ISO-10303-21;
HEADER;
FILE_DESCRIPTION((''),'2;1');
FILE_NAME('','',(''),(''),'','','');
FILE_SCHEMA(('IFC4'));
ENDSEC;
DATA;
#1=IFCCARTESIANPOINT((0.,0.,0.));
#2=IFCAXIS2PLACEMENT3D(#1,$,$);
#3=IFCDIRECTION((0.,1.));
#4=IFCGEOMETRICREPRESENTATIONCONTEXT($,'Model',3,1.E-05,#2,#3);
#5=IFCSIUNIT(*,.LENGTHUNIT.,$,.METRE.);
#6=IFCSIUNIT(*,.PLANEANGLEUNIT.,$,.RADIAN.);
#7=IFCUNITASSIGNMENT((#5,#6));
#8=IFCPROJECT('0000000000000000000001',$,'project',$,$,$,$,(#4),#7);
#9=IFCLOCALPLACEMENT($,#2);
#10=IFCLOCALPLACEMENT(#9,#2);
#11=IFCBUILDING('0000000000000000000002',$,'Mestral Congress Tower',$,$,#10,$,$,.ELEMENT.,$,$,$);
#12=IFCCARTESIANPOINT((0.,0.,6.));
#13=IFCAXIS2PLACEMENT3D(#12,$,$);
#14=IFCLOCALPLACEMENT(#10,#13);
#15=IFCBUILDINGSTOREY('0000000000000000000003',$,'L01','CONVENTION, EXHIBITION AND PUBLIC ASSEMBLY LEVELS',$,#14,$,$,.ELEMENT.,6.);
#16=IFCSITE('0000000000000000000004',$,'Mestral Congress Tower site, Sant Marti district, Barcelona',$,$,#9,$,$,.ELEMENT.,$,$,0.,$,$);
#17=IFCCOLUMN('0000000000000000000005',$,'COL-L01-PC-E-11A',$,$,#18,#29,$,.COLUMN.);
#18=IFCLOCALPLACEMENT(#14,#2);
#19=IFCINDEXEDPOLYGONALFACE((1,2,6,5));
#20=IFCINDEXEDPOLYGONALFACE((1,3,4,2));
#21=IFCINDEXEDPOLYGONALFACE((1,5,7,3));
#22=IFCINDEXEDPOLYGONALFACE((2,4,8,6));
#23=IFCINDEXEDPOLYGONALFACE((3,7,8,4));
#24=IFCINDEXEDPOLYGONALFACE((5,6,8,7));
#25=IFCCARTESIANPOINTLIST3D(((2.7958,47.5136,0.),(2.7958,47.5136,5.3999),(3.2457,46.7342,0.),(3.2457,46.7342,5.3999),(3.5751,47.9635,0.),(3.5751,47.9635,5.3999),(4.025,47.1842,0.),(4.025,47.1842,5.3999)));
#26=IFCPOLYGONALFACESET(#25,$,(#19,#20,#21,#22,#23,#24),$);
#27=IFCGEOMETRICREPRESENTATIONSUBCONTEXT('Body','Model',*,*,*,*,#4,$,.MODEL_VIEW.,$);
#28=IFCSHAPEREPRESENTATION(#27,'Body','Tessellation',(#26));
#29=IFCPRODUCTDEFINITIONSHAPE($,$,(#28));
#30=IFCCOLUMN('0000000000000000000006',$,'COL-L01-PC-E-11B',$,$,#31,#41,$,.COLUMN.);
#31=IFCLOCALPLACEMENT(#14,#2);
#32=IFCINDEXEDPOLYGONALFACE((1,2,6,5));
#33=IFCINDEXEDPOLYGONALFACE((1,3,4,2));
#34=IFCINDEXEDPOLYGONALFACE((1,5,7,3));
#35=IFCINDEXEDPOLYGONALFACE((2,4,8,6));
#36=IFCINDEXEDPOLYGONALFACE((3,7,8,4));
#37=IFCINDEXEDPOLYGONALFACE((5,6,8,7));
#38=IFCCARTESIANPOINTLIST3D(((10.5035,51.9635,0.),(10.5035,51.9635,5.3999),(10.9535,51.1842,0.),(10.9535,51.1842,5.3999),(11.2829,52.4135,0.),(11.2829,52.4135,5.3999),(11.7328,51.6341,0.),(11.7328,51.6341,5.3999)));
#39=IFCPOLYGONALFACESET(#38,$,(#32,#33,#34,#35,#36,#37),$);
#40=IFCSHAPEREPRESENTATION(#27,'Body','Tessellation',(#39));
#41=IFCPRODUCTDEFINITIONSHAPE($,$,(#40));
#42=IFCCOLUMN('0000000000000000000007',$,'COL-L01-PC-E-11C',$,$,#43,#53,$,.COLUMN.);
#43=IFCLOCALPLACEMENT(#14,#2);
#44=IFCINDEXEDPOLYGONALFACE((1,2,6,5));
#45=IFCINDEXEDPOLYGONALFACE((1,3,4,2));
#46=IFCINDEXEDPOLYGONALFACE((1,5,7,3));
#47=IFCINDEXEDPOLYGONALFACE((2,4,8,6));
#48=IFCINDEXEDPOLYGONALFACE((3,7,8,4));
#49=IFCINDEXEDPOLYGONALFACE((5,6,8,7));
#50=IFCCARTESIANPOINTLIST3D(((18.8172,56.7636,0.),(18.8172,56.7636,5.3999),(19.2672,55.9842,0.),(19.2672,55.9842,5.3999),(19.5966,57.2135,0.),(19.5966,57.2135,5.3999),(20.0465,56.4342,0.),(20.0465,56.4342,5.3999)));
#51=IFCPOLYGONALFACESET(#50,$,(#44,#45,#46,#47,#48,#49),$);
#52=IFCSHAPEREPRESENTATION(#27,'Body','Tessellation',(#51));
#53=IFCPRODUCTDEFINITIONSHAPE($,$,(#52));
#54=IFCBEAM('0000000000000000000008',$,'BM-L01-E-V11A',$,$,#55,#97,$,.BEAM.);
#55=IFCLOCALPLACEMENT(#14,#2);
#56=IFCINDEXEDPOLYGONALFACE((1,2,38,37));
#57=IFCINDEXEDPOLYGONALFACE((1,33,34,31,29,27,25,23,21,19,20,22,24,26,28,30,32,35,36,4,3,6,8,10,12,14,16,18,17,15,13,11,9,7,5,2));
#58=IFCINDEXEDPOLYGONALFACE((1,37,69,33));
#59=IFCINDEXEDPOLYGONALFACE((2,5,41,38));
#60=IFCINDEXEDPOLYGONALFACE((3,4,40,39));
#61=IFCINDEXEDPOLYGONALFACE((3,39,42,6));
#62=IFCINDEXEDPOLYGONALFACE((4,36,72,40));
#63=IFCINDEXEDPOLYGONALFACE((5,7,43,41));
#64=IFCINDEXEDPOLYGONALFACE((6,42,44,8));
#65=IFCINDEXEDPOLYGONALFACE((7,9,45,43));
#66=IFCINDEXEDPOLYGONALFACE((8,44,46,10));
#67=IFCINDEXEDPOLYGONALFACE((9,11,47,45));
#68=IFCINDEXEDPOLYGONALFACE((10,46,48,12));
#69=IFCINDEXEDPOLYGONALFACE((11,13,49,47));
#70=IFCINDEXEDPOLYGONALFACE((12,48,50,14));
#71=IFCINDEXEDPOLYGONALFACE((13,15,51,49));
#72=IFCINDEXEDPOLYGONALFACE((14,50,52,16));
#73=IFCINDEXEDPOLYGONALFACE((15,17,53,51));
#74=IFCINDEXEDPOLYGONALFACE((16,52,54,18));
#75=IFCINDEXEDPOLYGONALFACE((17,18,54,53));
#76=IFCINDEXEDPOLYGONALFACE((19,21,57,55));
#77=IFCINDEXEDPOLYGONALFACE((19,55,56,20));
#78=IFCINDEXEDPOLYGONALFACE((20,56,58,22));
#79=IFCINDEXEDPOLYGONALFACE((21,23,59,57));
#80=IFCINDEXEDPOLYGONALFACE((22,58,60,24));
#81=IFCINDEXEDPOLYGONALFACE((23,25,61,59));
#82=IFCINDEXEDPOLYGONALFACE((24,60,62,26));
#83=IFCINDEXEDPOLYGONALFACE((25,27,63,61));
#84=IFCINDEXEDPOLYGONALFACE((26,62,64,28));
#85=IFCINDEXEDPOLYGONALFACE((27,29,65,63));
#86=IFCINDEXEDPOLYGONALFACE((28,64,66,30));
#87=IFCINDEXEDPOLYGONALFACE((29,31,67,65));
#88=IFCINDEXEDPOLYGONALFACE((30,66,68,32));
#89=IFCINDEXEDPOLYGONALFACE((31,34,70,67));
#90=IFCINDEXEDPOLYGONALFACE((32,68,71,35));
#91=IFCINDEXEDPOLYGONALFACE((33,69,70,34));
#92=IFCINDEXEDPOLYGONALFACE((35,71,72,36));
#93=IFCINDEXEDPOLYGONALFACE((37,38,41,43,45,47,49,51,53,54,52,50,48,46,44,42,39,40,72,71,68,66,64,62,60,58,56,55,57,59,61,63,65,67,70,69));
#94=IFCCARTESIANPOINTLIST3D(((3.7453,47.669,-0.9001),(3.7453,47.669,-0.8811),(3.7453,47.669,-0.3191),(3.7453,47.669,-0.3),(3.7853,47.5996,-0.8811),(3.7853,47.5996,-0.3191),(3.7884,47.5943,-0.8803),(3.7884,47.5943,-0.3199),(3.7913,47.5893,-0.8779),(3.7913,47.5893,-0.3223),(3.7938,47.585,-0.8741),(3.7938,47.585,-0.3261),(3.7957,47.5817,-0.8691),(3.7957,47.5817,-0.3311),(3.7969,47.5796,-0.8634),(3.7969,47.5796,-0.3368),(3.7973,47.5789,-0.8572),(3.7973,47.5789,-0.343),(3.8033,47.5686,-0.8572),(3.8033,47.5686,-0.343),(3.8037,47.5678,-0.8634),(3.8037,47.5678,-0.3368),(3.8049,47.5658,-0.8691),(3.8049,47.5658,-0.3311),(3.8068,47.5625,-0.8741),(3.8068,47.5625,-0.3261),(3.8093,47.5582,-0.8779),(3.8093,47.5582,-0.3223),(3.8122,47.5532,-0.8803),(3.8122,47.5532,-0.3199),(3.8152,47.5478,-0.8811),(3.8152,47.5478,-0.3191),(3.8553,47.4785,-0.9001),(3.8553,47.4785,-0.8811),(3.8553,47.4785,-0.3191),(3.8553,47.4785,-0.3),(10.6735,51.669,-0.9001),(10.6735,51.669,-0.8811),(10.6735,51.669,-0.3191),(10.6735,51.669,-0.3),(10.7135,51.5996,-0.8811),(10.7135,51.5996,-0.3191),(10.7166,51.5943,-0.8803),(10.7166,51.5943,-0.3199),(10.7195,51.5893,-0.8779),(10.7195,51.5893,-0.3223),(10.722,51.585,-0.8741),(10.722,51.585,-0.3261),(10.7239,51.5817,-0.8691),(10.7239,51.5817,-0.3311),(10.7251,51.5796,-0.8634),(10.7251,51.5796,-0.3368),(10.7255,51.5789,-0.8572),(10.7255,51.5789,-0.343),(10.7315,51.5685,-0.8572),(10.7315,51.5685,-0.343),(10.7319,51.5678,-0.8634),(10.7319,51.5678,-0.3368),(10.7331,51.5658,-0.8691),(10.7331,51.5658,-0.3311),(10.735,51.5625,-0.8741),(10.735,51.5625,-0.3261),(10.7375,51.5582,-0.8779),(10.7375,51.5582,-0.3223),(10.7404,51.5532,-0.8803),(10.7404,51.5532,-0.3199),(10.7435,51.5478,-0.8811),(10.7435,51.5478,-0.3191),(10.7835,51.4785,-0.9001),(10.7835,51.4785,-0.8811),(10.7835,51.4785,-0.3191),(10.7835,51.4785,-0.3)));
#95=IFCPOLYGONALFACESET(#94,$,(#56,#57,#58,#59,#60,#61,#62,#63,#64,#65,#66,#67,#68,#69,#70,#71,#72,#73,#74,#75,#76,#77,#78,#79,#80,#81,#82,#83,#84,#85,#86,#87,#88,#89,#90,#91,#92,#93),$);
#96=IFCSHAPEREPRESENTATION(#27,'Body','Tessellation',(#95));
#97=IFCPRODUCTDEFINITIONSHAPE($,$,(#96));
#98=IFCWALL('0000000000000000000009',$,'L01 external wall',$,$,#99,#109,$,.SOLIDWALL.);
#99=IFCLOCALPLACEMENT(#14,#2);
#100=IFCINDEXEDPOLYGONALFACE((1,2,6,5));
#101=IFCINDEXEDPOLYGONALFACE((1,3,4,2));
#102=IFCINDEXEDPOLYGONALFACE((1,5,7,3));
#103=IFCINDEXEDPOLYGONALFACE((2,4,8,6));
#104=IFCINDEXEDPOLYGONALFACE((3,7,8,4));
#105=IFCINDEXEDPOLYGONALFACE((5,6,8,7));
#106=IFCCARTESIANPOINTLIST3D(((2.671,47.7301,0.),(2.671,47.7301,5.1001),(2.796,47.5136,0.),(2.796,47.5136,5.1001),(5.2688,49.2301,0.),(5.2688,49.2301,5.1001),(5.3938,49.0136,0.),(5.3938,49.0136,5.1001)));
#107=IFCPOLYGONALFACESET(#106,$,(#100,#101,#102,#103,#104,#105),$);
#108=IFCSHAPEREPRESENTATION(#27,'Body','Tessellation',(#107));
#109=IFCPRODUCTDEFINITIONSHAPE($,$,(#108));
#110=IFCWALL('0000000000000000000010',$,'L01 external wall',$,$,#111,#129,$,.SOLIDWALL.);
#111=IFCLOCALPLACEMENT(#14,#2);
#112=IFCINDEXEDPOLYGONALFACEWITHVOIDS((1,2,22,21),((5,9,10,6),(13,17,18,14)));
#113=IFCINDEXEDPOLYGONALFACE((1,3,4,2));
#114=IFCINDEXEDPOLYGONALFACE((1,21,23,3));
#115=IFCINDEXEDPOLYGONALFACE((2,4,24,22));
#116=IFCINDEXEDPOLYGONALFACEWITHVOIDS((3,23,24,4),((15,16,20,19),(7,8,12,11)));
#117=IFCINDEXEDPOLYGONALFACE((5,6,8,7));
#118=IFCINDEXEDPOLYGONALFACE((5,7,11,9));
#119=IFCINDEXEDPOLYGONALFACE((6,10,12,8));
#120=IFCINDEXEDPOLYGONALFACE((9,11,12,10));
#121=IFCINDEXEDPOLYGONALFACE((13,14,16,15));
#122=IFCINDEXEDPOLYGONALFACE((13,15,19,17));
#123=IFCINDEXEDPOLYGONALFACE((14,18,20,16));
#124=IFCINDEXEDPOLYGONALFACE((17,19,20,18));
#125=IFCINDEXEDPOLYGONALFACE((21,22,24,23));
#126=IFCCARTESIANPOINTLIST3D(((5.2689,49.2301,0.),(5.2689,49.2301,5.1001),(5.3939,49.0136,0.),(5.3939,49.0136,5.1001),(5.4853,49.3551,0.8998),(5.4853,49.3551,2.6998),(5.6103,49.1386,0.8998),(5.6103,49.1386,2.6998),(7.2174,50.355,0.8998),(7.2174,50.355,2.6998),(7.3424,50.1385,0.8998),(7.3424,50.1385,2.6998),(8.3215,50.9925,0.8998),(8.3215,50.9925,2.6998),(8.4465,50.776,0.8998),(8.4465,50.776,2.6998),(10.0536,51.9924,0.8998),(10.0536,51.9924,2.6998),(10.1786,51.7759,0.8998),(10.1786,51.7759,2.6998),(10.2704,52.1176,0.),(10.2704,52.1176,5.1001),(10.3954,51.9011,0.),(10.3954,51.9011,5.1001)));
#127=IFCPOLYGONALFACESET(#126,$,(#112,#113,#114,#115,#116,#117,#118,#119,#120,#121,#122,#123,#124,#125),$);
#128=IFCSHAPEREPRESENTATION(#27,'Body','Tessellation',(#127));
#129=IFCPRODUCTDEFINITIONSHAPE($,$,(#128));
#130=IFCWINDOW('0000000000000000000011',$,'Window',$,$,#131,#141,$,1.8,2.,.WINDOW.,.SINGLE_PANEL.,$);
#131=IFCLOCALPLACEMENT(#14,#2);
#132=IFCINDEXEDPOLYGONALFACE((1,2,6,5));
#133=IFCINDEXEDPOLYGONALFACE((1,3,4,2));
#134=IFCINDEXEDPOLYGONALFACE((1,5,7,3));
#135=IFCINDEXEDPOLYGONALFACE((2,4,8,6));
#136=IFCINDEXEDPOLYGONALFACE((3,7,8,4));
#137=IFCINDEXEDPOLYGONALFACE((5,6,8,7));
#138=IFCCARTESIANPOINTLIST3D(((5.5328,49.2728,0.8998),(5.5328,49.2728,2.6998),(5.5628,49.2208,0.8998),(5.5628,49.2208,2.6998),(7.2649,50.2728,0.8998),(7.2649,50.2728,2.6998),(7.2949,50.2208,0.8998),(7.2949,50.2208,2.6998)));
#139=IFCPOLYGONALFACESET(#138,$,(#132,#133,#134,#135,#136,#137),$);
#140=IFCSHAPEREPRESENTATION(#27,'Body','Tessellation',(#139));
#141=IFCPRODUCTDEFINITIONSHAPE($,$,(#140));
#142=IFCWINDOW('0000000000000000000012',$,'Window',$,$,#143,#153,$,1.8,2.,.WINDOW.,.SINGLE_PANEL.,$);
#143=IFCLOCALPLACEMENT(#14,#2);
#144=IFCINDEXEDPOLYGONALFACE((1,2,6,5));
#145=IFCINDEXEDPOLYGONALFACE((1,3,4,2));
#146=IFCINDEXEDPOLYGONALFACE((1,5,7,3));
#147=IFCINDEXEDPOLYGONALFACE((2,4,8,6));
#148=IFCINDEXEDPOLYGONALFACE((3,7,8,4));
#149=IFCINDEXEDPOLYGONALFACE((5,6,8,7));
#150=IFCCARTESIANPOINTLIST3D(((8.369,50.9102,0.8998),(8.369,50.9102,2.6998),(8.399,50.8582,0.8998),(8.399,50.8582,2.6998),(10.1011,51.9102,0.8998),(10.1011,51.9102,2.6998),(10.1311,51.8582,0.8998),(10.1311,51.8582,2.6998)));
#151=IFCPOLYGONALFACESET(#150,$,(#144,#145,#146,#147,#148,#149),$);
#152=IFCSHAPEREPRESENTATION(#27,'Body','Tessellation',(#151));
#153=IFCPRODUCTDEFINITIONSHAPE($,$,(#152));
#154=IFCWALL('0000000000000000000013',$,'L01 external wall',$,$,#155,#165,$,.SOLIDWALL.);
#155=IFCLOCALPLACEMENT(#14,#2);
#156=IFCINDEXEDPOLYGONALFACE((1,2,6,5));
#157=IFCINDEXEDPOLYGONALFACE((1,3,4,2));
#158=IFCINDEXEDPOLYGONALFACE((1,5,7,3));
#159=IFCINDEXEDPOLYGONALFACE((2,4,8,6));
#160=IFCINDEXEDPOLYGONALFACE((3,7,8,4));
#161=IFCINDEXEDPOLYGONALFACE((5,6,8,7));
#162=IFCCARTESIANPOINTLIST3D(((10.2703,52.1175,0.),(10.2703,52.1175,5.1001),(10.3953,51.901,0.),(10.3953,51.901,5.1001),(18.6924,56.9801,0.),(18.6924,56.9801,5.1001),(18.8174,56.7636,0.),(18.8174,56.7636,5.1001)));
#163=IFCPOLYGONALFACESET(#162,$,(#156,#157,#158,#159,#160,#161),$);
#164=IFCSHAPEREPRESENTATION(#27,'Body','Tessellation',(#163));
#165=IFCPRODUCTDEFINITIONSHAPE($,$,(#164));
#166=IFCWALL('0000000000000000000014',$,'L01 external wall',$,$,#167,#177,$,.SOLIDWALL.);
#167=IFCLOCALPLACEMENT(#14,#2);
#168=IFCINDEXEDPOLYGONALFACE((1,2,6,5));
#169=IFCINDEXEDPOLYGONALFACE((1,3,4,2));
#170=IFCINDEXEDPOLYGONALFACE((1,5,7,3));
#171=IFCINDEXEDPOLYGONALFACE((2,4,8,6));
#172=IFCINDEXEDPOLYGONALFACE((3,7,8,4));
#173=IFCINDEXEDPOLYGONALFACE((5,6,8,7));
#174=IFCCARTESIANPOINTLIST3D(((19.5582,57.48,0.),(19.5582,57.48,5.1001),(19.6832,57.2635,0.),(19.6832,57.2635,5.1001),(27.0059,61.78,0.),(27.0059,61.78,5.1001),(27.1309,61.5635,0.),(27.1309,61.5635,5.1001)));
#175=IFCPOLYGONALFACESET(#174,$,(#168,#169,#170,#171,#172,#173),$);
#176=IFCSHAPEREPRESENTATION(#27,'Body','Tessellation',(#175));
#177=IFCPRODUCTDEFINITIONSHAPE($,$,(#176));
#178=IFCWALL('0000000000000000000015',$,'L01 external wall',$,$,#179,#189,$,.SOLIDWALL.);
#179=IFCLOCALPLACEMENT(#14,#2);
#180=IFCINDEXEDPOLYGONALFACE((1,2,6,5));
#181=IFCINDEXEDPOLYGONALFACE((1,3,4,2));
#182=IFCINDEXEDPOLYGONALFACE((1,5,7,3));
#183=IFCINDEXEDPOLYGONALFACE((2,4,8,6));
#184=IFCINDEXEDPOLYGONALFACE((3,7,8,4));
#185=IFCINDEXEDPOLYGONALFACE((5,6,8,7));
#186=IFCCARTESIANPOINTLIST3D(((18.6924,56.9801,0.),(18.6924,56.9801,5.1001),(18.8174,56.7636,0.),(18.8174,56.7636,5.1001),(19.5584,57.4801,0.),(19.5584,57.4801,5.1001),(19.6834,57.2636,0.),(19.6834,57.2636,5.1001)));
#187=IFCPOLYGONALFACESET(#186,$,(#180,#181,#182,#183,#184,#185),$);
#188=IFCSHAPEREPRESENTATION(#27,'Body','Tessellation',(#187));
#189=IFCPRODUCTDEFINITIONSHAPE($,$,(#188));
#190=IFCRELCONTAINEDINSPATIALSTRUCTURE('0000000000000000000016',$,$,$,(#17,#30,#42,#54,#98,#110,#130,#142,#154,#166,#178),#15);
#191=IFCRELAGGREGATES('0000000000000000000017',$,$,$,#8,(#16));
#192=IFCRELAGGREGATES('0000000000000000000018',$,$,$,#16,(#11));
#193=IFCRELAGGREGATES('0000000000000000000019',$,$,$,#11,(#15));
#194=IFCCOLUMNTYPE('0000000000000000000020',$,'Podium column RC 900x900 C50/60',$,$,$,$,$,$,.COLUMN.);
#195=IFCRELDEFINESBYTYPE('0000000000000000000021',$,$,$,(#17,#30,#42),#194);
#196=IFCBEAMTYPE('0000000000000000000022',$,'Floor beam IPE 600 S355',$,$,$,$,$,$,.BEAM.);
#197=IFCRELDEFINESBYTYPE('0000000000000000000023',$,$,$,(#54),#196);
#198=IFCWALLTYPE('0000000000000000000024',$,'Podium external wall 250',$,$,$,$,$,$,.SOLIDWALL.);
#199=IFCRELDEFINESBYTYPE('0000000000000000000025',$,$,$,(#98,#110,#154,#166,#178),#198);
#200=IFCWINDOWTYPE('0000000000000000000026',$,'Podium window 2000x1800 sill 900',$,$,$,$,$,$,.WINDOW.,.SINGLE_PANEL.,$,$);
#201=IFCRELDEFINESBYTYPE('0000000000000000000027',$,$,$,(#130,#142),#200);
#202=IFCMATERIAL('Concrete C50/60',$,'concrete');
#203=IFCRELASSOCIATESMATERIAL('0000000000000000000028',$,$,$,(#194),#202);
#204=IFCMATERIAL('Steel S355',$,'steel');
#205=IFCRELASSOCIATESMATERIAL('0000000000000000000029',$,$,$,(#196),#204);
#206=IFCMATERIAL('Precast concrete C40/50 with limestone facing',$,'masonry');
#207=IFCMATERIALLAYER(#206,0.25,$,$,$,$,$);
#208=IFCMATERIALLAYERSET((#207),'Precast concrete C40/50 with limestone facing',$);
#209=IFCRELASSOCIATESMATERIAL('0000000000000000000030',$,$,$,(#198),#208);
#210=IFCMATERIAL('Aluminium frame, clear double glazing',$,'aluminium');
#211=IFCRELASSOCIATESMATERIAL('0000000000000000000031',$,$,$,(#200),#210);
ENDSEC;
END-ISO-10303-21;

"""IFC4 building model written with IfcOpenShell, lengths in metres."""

from ifc_helpers import new_model, si_unit, direction, frame, frame_2d, origin, origin_2d, place, context, subcontext, project, spatial, rectangle, i_section, extrude, material, layer, layer_set, material_profile, profile_set, type_object, element, fill, save


model = new_model("IFC4")

# Units and contexts
model_context = context("Model", 3, precision=1e-05, world=origin(), true_north=direction((0.0, 1.0)))
body_context = subcontext(model_context, "Body", "Model", "MODEL_VIEW")
ifc_project = project(units=[si_unit("LENGTHUNIT", "METRE"), si_unit("PLANEANGLEUNIT", "RADIAN")], contexts=[model_context])

# Site, building, storey
site_placement = place(None, origin())
site = spatial("IfcSite", under=ifc_project, at=site_placement, Name="Mestral Congress Tower site, Sant Marti district, Barcelona", CompositionType="ELEMENT", RefElevation=0.0)
building_placement = place(site_placement, origin())
building = spatial("IfcBuilding", under=site, at=building_placement, Name="Mestral Congress Tower", CompositionType="ELEMENT")
storey_placement = place(building_placement, frame((0.0, 0.0, 6.0)))
storey = spatial("IfcBuildingStorey", under=building, at=storey_placement, Name="L01", Description="CONVENTION, EXHIBITION AND PUBLIC ASSEMBLY LEVELS", CompositionType="ELEMENT", Elevation=6.0)

# Columns
ifc_material_1 = material(Name="Concrete C50/60", Category="concrete")
ifc_material_profile_1 = material_profile(ifc_material_1, rectangle(XDim=0.8999, YDim=0.8999, at=origin_2d()), Name="RC 900x900")
ifc_profile_set_1 = profile_set([ifc_material_profile_1], Name="Concrete C50/60")
column_type = type_object("IfcColumnType", Name="Podium column RC 900x900 C50/60", PredefinedType="COLUMN", material=ifc_profile_set_1)
for number, where, z_axis, x_axis, name in (
    (1, (3.4104, 47.3489, 0.0), (0.0, 0.0, 1.0), (-0.5, 0.866025, 0.0), "COL-L01-PC-E-11A"),
    (2, (11.1182, 51.7988, 0.0), (0.0, 0.0, 1.0), (-0.5, 0.866025, 0.0), "COL-L01-PC-E-11B"),
    (3, (19.4319, 56.5989, 0.0), (0.0, 0.0, 1.0), (-0.5, 0.866025, 0.0), "COL-L01-PC-E-11C"),
):
    element("IfcColumn", number, at=place(storey_placement, frame(where, z_axis=z_axis, x_axis=x_axis)), inside=storey, type_object=column_type, Name=name, PredefinedType="COLUMN", context=body_context, shape_type="SweptSolid", body=[
        extrude(rectangle(XDim=0.8999, YDim=0.8999, at=origin_2d()), origin(), (0.0, 0.0, 1.0), 5.3999),
    ])

# Beam
ifc_material_2 = material(Name="Steel S355", Category="steel")
ifc_material_profile_2 = material_profile(ifc_material_2, i_section(OverallWidth=0.22, OverallDepth=0.6001, WebThickness=0.012, FlangeThickness=0.019, FilletRadius=0.0239, at=origin_2d()), Name="IPE 600")
ifc_profile_set_2 = profile_set([ifc_material_profile_2], Name="Steel S355")
beam_type = type_object("IfcBeamType", Name="Floor beam IPE 600 S355", PredefinedType="BEAM", material=ifc_profile_set_2)
beam_placement = place(storey_placement, frame((3.8003, 47.5737, -0.6001), z_axis=(0.866026, 0.499999, 0.0), x_axis=(-0.499999, 0.866026, 0.0)))
element("IfcBeam", 4, at=beam_placement, inside=storey, type_object=beam_type, Name="BM-L01-E-V11A", PredefinedType="BEAM", context=body_context, shape_type="SweptSolid", body=[
    extrude(i_section(OverallWidth=0.22, OverallDepth=0.6001, WebThickness=0.012, FlangeThickness=0.019, FilletRadius=0.0239, at=origin_2d()), origin(), (0.0, 0.0, 1.0), 8.0),
])

# Wall
ifc_material_3 = material(Name="Precast concrete C40/50 with limestone facing", Category="masonry")
ifc_layer_1 = layer(ifc_material_3, 0.25)
ifc_layer_set_1 = layer_set([ifc_layer_1], Name="Precast concrete C40/50 with limestone facing")
wall_type_1 = type_object("IfcWallType", Name="Podium external wall 250", PredefinedType="SOLIDWALL", material=ifc_layer_set_1)
wall_1_placement = place(storey_placement, frame((2.7334, 47.6218, 0.0), z_axis=(0.0, 0.0, 1.0), x_axis=(0.866011, 0.500025, 0.0)))
element("IfcWall", 5, at=wall_1_placement, inside=storey, type_object=wall_type_1, Name="L01 external wall", PredefinedType="SOLIDWALL", context=body_context, shape_type="SweptSolid", body=[
    extrude(rectangle(XDim=2.9998, YDim=0.25, at=frame_2d((1.5, 0.0))), origin(), (0.0, 0.0, 1.0), 5.1001),
])

# Wall, openings, windows
wall_2_placement = place(storey_placement, frame((5.3313, 49.1218, 0.0), z_axis=(0.0, 0.0, 1.0), x_axis=(0.866036, 0.499981, 0.0)))
wall_2 = element("IfcWall", 6, at=wall_2_placement, inside=storey, type_object=wall_type_1, Name="L01 external wall", PredefinedType="SOLIDWALL", context=body_context, shape_type="SweptSolid", body=[
    extrude(rectangle(XDim=5.7751, YDim=0.25, at=frame_2d((2.8877, 0.0))), origin(), (0.0, 0.0, 1.0), 5.1001),
])
opening_1_placement = place(wall_2_placement, frame((0.25, 0.0, 0.8999)))
opening_1 = element("IfcOpeningElement", 7, at=opening_1_placement, cuts=wall_2, PredefinedType="OPENING", context=body_context, shape_type="SweptSolid", body=[
    extrude(rectangle(XDim=2.0, YDim=1.8, at=frame_2d((1.0, 0.8999))), frame((0.0, 0.135, 0.0), z_axis=(0.0, -1.0, 0.0), x_axis=(1.0, 0.0, 0.0)), (0.0, 0.0, 1.0), 0.27),
])
opening_2_placement = place(wall_2_placement, frame((3.5249, 0.0, 0.8999)))
opening_2 = element("IfcOpeningElement", 8, at=opening_2_placement, cuts=wall_2, PredefinedType="OPENING", context=body_context, shape_type="SweptSolid", body=[
    extrude(rectangle(XDim=2.0, YDim=1.8, at=frame_2d((1.0, 0.8999))), frame((0.0, 0.135, 0.0), z_axis=(0.0, -1.0, 0.0), x_axis=(1.0, 0.0, 0.0)), (0.0, 0.0, 1.0), 0.27),
])
ifc_material_4 = material(Name="Aluminium frame, clear double glazing", Category="aluminium")
window_type = type_object("IfcWindowType", Name="Podium window 2000x1800 sill 900", PartitioningType="SINGLE_PANEL", PredefinedType="WINDOW", material=ifc_material_4)
window_1_placement = place(opening_1_placement, origin())
window_1 = element("IfcWindow", 9, at=window_1_placement, inside=storey, type_object=window_type, Name="Window", OverallHeight=1.8, OverallWidth=2.0, PartitioningType="SINGLE_PANEL", PredefinedType="WINDOW", context=body_context, shape_type="SweptSolid", body=[
    extrude(rectangle(XDim=2.0, YDim=1.8, at=frame_2d((1.0, 0.8999))), frame((0.0, 0.03, 0.0), z_axis=(0.0, -1.0, 0.0), x_axis=(1.0, 0.0, 0.0)), (0.0, 0.0, 1.0), 0.0601),
])
fill(opening_1, window_1)
window_2_placement = place(opening_2_placement, origin())
window_2 = element("IfcWindow", 10, at=window_2_placement, inside=storey, type_object=window_type, Name="Window", OverallHeight=1.8, OverallWidth=2.0, PartitioningType="SINGLE_PANEL", PredefinedType="WINDOW", context=body_context, shape_type="SweptSolid", body=[
    extrude(rectangle(XDim=2.0, YDim=1.8, at=frame_2d((1.0, 0.8999))), frame((0.0, 0.03, 0.0), z_axis=(0.0, -1.0, 0.0), x_axis=(1.0, 0.0, 0.0)), (0.0, 0.0, 1.0), 0.0601),
])
fill(opening_2, window_2)

# Walls
wall_3_placement = place(storey_placement, frame((10.3328, 52.0093, 0.0), z_axis=(0.0, 0.0, 1.0), x_axis=(0.866024, 0.500003, 0.0)))
element("IfcWall", 11, at=wall_3_placement, inside=storey, type_object=wall_type_1, Name="L01 external wall", PredefinedType="SOLIDWALL", context=body_context, shape_type="SweptSolid", body=[
    extrude(rectangle(XDim=9.7251, YDim=0.25, at=frame_2d((4.8625, 0.0))), origin(), (0.0, 0.0, 1.0), 5.1001),
])
wall_4_placement = place(storey_placement, frame((19.6208, 57.3718, 0.0), z_axis=(0.0, 0.0, 1.0), x_axis=(0.866021, 0.500008, 0.0)))
element("IfcWall", 12, at=wall_4_placement, inside=storey, type_object=wall_type_1, Name="L01 external wall", PredefinedType="SOLIDWALL", context=body_context, shape_type="SweptSolid", body=[
    extrude(rectangle(XDim=8.5999, YDim=0.25, at=frame_2d((4.2998, 0.0))), origin(), (0.0, 0.0, 1.0), 5.1001),
])
wall_5_placement = place(storey_placement, frame((18.7549, 56.8718, 0.0), z_axis=(0.0, 0.0, 1.0), x_axis=(0.866011, 0.500025, 0.0)))
element("IfcWall", 13, at=wall_5_placement, inside=storey, type_object=wall_type_1, Name="L01 external wall", PredefinedType="SOLIDWALL", context=body_context, shape_type="SweptSolid", body=[
    extrude(rectangle(XDim=1.0, YDim=0.25, at=frame_2d((0.5, 0.0))), origin(), (0.0, 0.0, 1.0), 5.1001),
])

save(model, "model.ifc")
